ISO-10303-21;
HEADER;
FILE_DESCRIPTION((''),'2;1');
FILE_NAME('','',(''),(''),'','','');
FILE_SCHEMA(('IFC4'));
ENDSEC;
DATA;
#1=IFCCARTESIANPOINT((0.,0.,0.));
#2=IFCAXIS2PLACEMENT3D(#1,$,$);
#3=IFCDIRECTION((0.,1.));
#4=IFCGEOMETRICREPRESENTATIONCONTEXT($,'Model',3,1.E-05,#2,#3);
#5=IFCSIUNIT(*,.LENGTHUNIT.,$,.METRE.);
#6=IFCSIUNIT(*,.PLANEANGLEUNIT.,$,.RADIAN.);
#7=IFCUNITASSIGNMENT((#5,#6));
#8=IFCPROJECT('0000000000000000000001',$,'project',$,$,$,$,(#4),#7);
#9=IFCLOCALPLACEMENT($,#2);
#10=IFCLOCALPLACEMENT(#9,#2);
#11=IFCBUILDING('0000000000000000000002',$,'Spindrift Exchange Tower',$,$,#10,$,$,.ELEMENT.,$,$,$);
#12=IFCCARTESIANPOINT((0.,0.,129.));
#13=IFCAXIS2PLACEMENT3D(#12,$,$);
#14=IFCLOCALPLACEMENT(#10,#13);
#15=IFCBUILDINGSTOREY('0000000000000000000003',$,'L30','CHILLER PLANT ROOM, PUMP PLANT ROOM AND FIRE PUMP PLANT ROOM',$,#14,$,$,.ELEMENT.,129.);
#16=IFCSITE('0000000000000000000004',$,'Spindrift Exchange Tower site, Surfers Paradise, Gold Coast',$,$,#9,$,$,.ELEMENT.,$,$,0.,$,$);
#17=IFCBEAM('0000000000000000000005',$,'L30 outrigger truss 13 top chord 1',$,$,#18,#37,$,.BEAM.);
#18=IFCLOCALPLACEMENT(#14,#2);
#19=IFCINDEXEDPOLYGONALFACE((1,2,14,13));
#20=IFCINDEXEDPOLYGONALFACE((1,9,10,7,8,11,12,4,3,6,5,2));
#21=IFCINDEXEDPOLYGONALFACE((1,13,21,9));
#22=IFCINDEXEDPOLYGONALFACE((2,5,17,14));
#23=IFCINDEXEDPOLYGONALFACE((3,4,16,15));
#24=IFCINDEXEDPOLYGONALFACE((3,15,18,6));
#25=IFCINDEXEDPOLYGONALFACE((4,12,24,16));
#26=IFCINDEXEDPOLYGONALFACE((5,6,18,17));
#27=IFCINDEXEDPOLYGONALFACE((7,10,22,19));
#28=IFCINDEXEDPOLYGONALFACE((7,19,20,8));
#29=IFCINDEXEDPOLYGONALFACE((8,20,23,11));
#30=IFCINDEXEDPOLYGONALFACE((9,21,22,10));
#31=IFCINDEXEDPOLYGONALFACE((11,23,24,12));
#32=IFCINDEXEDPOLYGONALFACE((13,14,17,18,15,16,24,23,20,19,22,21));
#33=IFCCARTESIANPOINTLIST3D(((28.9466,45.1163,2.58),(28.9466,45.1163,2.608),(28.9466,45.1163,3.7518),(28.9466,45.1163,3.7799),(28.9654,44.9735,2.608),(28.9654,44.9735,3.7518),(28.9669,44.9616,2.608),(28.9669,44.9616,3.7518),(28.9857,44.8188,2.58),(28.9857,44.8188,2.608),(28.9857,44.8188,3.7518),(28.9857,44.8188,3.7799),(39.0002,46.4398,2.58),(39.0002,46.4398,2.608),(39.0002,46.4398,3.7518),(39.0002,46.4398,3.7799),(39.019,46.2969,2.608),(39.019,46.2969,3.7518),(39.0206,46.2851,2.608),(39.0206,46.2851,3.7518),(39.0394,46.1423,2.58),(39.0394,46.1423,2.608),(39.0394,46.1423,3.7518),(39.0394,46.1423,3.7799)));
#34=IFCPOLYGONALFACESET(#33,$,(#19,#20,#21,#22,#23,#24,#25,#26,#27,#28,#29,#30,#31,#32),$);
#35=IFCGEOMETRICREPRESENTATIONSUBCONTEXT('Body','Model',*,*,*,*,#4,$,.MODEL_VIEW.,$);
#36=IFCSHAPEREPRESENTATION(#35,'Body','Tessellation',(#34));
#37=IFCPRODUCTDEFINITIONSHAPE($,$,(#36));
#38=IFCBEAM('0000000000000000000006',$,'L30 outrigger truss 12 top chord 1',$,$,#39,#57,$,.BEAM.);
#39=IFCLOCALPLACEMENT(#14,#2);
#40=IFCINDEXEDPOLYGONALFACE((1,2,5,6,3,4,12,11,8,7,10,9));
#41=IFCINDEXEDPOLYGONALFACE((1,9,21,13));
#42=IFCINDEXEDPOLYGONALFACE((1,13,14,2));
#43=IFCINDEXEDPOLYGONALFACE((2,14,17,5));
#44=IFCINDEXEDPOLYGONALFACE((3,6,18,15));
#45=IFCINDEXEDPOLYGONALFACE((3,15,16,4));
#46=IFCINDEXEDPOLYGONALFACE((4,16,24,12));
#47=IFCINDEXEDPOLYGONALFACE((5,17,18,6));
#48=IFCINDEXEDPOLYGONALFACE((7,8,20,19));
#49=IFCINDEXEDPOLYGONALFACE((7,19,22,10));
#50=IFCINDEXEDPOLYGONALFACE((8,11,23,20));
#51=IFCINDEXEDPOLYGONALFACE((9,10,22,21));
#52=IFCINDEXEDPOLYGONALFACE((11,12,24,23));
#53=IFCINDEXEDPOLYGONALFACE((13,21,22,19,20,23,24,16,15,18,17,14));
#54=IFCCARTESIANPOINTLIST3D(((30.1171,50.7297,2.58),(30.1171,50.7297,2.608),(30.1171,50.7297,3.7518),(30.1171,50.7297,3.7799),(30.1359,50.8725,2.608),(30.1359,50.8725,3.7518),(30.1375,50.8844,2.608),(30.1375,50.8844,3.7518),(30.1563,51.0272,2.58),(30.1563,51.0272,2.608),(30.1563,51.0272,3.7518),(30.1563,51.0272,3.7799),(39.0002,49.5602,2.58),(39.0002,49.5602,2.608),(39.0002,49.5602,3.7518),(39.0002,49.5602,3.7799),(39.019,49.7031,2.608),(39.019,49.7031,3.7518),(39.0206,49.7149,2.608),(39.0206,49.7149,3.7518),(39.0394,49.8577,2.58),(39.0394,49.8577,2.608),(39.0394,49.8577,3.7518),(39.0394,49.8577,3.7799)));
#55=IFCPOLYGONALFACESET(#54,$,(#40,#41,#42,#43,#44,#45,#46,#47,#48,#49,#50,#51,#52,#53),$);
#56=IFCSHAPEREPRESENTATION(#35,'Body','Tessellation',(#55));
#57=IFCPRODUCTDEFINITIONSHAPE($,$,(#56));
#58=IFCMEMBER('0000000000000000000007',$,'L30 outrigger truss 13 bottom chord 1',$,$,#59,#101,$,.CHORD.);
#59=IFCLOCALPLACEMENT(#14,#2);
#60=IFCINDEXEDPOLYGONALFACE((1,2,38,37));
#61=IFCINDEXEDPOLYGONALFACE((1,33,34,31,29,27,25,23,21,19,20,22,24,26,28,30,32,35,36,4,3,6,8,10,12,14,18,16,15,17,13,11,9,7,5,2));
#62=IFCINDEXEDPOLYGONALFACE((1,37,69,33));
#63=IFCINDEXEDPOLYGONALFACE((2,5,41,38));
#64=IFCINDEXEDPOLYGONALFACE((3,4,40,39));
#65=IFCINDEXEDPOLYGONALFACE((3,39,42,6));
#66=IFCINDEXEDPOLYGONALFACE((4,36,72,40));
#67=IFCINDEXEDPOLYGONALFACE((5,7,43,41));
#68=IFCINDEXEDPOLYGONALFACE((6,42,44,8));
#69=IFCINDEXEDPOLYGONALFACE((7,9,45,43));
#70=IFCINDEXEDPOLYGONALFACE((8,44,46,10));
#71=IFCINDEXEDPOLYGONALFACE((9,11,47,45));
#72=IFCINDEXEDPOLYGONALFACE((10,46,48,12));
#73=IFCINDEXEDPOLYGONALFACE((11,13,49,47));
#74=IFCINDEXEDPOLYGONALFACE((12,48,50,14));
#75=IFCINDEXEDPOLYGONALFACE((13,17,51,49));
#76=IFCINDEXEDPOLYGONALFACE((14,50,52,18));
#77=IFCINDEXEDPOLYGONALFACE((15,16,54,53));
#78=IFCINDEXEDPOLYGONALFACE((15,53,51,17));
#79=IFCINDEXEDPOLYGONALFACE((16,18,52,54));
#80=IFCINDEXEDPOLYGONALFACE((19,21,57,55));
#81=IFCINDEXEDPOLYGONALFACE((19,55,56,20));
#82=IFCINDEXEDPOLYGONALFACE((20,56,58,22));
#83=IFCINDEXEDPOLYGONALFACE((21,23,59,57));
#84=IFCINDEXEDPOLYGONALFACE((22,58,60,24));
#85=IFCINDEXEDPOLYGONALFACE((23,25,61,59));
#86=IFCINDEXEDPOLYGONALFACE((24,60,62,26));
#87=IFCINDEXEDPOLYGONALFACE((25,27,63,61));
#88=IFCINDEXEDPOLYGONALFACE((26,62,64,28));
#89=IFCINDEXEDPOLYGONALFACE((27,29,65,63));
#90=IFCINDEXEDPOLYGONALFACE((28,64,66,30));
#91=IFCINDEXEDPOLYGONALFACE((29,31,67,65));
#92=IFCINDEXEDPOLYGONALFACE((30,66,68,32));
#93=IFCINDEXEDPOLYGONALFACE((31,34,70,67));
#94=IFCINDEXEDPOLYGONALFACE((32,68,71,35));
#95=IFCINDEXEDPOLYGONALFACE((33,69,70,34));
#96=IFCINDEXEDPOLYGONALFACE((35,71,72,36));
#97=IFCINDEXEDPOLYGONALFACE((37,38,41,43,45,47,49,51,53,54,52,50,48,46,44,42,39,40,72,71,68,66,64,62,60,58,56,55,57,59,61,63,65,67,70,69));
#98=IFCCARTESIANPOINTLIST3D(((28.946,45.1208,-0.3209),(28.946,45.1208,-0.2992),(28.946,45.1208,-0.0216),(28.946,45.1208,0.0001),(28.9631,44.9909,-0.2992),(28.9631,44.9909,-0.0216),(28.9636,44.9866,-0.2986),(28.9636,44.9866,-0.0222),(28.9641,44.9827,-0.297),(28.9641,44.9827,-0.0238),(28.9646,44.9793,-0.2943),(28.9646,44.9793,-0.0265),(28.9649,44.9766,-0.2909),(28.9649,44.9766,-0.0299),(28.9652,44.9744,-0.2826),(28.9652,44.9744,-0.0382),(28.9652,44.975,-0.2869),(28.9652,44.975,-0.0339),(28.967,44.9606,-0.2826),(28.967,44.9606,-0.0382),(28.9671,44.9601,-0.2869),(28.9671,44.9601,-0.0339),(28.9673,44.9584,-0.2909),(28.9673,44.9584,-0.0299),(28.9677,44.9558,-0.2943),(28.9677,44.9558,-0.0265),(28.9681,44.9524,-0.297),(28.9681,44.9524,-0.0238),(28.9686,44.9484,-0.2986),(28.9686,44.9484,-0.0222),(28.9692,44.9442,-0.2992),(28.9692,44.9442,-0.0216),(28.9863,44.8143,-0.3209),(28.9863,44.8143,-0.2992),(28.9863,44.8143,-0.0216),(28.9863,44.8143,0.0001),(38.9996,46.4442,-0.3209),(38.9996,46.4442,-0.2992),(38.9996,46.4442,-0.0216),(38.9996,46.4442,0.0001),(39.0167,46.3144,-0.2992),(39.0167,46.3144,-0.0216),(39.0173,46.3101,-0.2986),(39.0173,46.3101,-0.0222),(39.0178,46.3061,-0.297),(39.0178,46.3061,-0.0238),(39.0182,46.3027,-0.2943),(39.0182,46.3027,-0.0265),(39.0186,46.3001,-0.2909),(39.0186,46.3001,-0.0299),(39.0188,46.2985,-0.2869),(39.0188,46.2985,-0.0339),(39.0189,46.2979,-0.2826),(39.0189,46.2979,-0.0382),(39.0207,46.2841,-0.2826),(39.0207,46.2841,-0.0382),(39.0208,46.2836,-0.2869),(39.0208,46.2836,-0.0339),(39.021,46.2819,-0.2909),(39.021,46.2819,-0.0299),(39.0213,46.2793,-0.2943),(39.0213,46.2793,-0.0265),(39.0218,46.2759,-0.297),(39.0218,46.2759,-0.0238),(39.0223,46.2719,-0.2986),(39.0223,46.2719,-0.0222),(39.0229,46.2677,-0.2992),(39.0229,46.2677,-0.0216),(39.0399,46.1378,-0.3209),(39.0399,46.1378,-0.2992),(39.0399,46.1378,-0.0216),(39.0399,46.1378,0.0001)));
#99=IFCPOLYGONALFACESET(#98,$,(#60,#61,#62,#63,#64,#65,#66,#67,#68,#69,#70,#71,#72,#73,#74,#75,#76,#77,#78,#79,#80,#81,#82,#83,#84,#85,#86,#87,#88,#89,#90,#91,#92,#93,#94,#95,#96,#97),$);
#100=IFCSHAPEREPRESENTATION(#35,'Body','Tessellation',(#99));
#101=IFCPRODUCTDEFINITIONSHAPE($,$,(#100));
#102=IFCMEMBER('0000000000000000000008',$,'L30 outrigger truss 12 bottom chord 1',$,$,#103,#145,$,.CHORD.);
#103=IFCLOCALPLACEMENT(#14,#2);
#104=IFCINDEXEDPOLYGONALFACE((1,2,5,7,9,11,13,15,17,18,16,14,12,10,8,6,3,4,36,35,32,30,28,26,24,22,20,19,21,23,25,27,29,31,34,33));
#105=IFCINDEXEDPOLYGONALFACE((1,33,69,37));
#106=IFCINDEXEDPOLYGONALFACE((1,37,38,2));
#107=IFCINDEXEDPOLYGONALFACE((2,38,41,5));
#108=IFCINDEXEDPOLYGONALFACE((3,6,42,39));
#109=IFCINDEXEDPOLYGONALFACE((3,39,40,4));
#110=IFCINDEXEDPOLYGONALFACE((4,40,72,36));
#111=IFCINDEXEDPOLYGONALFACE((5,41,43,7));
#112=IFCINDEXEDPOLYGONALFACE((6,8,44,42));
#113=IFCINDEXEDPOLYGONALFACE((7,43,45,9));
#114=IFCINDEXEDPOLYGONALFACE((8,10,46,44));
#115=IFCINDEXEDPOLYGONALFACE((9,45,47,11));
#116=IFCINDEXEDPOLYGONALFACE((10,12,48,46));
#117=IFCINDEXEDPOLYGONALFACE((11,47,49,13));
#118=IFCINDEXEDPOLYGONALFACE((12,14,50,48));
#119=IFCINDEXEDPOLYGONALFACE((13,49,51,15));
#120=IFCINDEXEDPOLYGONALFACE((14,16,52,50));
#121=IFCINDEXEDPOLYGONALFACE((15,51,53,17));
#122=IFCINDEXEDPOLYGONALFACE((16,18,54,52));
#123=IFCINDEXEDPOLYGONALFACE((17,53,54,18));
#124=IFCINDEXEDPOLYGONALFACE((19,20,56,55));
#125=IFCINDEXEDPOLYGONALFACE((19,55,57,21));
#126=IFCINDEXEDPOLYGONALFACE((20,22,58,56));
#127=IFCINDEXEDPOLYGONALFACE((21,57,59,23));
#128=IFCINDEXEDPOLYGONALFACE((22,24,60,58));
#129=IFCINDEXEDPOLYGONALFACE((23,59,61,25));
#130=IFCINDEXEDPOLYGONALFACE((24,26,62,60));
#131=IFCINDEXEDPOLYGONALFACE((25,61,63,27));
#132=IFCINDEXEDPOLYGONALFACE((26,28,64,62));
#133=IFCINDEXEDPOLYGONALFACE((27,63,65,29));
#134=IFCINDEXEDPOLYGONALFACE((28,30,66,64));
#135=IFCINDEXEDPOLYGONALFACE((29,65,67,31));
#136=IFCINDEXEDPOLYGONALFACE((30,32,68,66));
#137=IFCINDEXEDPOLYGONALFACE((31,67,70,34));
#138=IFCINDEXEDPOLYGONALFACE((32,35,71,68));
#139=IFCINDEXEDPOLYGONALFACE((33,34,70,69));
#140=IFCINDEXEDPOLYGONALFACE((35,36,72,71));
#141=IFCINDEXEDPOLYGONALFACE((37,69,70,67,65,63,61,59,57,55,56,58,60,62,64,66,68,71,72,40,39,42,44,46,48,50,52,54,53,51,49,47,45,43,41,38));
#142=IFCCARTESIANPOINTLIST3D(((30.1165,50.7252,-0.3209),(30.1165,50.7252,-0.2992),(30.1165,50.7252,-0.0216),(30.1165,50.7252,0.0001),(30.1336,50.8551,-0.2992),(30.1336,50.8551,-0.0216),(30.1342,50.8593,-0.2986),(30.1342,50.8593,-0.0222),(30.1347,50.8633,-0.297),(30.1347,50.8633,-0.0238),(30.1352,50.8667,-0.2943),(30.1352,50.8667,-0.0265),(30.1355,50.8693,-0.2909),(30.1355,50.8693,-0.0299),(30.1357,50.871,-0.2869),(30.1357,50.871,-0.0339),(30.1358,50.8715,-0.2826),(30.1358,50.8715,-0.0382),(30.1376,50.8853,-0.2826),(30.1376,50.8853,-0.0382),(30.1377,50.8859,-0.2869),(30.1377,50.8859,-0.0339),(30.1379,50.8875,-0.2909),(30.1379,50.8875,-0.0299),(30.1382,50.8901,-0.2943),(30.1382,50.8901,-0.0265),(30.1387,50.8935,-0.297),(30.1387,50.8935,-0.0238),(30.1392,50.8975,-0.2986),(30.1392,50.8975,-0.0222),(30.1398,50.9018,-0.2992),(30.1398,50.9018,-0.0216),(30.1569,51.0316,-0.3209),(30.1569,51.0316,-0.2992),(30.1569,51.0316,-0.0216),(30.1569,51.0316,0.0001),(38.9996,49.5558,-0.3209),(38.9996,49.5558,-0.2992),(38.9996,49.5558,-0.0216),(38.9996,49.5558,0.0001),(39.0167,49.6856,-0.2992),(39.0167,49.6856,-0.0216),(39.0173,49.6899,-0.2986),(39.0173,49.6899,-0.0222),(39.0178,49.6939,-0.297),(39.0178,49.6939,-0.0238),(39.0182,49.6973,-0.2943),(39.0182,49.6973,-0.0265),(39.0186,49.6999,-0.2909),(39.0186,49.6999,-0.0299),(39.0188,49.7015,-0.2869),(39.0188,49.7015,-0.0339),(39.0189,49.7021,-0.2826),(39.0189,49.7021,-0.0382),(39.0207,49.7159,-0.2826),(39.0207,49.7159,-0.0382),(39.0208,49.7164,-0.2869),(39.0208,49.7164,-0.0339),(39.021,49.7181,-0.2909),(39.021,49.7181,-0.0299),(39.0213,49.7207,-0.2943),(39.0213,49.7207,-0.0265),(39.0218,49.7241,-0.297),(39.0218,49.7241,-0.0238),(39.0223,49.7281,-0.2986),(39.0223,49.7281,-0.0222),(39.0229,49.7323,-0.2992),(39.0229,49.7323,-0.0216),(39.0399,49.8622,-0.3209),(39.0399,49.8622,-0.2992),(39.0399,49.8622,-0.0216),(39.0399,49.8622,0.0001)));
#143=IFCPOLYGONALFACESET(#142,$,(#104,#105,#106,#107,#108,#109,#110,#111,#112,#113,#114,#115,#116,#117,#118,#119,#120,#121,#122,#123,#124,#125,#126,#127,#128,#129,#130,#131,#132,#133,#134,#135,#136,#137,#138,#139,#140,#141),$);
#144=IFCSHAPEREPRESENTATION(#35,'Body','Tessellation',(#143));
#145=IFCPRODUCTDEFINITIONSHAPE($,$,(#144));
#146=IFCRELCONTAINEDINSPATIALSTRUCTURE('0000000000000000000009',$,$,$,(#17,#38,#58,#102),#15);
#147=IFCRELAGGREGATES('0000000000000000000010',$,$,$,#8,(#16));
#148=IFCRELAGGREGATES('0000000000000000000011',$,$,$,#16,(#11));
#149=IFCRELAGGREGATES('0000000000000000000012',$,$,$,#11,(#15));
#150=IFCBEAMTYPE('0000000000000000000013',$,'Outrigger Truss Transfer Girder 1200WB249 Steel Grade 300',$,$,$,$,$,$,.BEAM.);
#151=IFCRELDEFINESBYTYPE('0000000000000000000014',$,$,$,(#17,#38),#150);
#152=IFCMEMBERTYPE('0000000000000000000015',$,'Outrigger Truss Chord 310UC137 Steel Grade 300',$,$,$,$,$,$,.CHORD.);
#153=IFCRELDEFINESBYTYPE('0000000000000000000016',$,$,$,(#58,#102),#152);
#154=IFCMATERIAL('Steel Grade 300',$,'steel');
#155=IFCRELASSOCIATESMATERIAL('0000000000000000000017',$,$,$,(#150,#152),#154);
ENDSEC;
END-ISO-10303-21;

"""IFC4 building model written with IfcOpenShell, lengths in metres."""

from ifc_helpers import new_model, si_unit, direction, frame, origin, origin_2d, place, context, subcontext, project, spatial, i_section, extrude, source, transform, mapped, material, material_profile, profile_set, type_object, element, save


model = new_model("IFC4")

# Units and contexts
model_context = context("Model", 3, precision=1e-05, world=origin(), true_north=direction((0.0, 1.0)))
body_context = subcontext(model_context, "Body", "Model", "MODEL_VIEW")
ifc_project = project(units=[si_unit("LENGTHUNIT", "METRE"), si_unit("PLANEANGLEUNIT", "RADIAN")], contexts=[model_context])

# Site, building, storey
site_placement = place(None, origin())
site = spatial("IfcSite", under=ifc_project, at=site_placement, Name="Spindrift Exchange Tower site, Surfers Paradise, Gold Coast", CompositionType="ELEMENT", RefElevation=0.0)
building_placement = place(site_placement, origin())
building = spatial("IfcBuilding", under=site, at=building_placement, Name="Spindrift Exchange Tower", CompositionType="ELEMENT")
storey_placement = place(building_placement, frame((0.0, 0.0, 129.0)))
storey = spatial("IfcBuildingStorey", under=building, at=storey_placement, Name="L30", Description="CHILLER PLANT ROOM, PUMP PLANT ROOM AND FIRE PUMP PLANT ROOM", CompositionType="ELEMENT", Elevation=129.0)

# Beams
ifc_material_1 = material(Name="Steel Grade 300", Category="steel")
ifc_material_profile_1 = material_profile(ifc_material_1, i_section(OverallWidth=0.3, OverallDepth=1.2, WebThickness=0.012, FlangeThickness=0.0281, at=origin_2d()), Name="1200WB249")
ifc_profile_set_1 = profile_set([ifc_material_profile_1], Name="Steel Grade 300")
beam_type = type_object("IfcBeamType", Name="Outrigger Truss Transfer Girder 1200WB249 Steel Grade 300", PredefinedType="BEAM", material=ifc_profile_set_1)
shared_shape_1 = source(origin(), body_context, "Body", "SweptSolid", [
    extrude(i_section(OverallWidth=0.3, OverallDepth=1.2, WebThickness=0.012, FlangeThickness=0.0281, at=origin_2d()), origin(), (0.0, 0.0, 1.0), 10.1404),
])
beam_1_placement = place(storey_placement, frame((39.0198, 46.291, 3.1799), z_axis=(-0.991446, -0.130516, 0.0), x_axis=(0.130516, -0.991446, 0.0)))
element("IfcBeam", 1, at=beam_1_placement, inside=storey, type_object=beam_type, Name="L30 outrigger truss 13 top chord 1", PredefinedType="BEAM", context=body_context, shape_type="MappedRepresentation", body=[
    mapped(shared_shape_1, transform((0.0, 0.0, 0.0), scale=1.0)),
])
shared_shape_2 = source(origin(), body_context, "Body", "SweptSolid", [
    extrude(i_section(OverallWidth=0.3, OverallDepth=1.2, WebThickness=0.012, FlangeThickness=0.0281, at=origin_2d()), origin(), (0.0, 0.0, 1.0), 8.9597),
])
beam_2_placement = place(storey_placement, frame((39.0198, 49.709, 3.1799), z_axis=(-0.991445, 0.130521, 0.0), x_axis=(-0.130521, -0.991445, 0.0)))
element("IfcBeam", 2, at=beam_2_placement, inside=storey, type_object=beam_type, Name="L30 outrigger truss 12 top chord 1", PredefinedType="BEAM", context=body_context, shape_type="MappedRepresentation", body=[
    mapped(shared_shape_2, transform((0.0, 0.0, 0.0), scale=1.0)),
])

# Members
ifc_material_profile_2 = material_profile(ifc_material_1, i_section(OverallWidth=0.3091, OverallDepth=0.321, WebThickness=0.0139, FlangeThickness=0.0217, FilletRadius=0.0166, at=origin_2d()), Name="310UC137")
ifc_profile_set_2 = profile_set([ifc_material_profile_2], Name="Steel Grade 300")
member_type = type_object("IfcMemberType", Name="Outrigger Truss Chord 310UC137 Steel Grade 300", PredefinedType="CHORD", material=ifc_profile_set_2)
shared_shape_3 = source(origin(), body_context, "Body", "SweptSolid", [
    extrude(i_section(OverallWidth=0.3091, OverallDepth=0.321, WebThickness=0.0139, FlangeThickness=0.0217, FilletRadius=0.0166, at=origin_2d()), origin(), (0.0, 0.0, 1.0), 10.1404),
])
member_1_placement = place(storey_placement, frame((39.0198, 46.291, -0.1604), z_axis=(-0.991446, -0.130516, 0.0), x_axis=(0.130516, -0.991446, 0.0)))
element("IfcMember", 3, at=member_1_placement, inside=storey, type_object=member_type, Name="L30 outrigger truss 13 bottom chord 1", PredefinedType="CHORD", context=body_context, shape_type="MappedRepresentation", body=[
    mapped(shared_shape_3, transform((0.0, 0.0, 0.0), scale=1.0)),
])
shared_shape_4 = source(origin(), body_context, "Body", "SweptSolid", [
    extrude(i_section(OverallWidth=0.3091, OverallDepth=0.321, WebThickness=0.0139, FlangeThickness=0.0217, FilletRadius=0.0166, at=origin_2d()), origin(), (0.0, 0.0, 1.0), 8.9597),
])
member_2_placement = place(storey_placement, frame((39.0198, 49.709, -0.1604), z_axis=(-0.991445, 0.130521, 0.0), x_axis=(-0.130521, -0.991445, 0.0)))
element("IfcMember", 4, at=member_2_placement, inside=storey, type_object=member_type, Name="L30 outrigger truss 12 bottom chord 1", PredefinedType="CHORD", context=body_context, shape_type="MappedRepresentation", body=[
    mapped(shared_shape_4, transform((0.0, 0.0, 0.0), scale=1.0)),
])

save(model, "model.ifc")
